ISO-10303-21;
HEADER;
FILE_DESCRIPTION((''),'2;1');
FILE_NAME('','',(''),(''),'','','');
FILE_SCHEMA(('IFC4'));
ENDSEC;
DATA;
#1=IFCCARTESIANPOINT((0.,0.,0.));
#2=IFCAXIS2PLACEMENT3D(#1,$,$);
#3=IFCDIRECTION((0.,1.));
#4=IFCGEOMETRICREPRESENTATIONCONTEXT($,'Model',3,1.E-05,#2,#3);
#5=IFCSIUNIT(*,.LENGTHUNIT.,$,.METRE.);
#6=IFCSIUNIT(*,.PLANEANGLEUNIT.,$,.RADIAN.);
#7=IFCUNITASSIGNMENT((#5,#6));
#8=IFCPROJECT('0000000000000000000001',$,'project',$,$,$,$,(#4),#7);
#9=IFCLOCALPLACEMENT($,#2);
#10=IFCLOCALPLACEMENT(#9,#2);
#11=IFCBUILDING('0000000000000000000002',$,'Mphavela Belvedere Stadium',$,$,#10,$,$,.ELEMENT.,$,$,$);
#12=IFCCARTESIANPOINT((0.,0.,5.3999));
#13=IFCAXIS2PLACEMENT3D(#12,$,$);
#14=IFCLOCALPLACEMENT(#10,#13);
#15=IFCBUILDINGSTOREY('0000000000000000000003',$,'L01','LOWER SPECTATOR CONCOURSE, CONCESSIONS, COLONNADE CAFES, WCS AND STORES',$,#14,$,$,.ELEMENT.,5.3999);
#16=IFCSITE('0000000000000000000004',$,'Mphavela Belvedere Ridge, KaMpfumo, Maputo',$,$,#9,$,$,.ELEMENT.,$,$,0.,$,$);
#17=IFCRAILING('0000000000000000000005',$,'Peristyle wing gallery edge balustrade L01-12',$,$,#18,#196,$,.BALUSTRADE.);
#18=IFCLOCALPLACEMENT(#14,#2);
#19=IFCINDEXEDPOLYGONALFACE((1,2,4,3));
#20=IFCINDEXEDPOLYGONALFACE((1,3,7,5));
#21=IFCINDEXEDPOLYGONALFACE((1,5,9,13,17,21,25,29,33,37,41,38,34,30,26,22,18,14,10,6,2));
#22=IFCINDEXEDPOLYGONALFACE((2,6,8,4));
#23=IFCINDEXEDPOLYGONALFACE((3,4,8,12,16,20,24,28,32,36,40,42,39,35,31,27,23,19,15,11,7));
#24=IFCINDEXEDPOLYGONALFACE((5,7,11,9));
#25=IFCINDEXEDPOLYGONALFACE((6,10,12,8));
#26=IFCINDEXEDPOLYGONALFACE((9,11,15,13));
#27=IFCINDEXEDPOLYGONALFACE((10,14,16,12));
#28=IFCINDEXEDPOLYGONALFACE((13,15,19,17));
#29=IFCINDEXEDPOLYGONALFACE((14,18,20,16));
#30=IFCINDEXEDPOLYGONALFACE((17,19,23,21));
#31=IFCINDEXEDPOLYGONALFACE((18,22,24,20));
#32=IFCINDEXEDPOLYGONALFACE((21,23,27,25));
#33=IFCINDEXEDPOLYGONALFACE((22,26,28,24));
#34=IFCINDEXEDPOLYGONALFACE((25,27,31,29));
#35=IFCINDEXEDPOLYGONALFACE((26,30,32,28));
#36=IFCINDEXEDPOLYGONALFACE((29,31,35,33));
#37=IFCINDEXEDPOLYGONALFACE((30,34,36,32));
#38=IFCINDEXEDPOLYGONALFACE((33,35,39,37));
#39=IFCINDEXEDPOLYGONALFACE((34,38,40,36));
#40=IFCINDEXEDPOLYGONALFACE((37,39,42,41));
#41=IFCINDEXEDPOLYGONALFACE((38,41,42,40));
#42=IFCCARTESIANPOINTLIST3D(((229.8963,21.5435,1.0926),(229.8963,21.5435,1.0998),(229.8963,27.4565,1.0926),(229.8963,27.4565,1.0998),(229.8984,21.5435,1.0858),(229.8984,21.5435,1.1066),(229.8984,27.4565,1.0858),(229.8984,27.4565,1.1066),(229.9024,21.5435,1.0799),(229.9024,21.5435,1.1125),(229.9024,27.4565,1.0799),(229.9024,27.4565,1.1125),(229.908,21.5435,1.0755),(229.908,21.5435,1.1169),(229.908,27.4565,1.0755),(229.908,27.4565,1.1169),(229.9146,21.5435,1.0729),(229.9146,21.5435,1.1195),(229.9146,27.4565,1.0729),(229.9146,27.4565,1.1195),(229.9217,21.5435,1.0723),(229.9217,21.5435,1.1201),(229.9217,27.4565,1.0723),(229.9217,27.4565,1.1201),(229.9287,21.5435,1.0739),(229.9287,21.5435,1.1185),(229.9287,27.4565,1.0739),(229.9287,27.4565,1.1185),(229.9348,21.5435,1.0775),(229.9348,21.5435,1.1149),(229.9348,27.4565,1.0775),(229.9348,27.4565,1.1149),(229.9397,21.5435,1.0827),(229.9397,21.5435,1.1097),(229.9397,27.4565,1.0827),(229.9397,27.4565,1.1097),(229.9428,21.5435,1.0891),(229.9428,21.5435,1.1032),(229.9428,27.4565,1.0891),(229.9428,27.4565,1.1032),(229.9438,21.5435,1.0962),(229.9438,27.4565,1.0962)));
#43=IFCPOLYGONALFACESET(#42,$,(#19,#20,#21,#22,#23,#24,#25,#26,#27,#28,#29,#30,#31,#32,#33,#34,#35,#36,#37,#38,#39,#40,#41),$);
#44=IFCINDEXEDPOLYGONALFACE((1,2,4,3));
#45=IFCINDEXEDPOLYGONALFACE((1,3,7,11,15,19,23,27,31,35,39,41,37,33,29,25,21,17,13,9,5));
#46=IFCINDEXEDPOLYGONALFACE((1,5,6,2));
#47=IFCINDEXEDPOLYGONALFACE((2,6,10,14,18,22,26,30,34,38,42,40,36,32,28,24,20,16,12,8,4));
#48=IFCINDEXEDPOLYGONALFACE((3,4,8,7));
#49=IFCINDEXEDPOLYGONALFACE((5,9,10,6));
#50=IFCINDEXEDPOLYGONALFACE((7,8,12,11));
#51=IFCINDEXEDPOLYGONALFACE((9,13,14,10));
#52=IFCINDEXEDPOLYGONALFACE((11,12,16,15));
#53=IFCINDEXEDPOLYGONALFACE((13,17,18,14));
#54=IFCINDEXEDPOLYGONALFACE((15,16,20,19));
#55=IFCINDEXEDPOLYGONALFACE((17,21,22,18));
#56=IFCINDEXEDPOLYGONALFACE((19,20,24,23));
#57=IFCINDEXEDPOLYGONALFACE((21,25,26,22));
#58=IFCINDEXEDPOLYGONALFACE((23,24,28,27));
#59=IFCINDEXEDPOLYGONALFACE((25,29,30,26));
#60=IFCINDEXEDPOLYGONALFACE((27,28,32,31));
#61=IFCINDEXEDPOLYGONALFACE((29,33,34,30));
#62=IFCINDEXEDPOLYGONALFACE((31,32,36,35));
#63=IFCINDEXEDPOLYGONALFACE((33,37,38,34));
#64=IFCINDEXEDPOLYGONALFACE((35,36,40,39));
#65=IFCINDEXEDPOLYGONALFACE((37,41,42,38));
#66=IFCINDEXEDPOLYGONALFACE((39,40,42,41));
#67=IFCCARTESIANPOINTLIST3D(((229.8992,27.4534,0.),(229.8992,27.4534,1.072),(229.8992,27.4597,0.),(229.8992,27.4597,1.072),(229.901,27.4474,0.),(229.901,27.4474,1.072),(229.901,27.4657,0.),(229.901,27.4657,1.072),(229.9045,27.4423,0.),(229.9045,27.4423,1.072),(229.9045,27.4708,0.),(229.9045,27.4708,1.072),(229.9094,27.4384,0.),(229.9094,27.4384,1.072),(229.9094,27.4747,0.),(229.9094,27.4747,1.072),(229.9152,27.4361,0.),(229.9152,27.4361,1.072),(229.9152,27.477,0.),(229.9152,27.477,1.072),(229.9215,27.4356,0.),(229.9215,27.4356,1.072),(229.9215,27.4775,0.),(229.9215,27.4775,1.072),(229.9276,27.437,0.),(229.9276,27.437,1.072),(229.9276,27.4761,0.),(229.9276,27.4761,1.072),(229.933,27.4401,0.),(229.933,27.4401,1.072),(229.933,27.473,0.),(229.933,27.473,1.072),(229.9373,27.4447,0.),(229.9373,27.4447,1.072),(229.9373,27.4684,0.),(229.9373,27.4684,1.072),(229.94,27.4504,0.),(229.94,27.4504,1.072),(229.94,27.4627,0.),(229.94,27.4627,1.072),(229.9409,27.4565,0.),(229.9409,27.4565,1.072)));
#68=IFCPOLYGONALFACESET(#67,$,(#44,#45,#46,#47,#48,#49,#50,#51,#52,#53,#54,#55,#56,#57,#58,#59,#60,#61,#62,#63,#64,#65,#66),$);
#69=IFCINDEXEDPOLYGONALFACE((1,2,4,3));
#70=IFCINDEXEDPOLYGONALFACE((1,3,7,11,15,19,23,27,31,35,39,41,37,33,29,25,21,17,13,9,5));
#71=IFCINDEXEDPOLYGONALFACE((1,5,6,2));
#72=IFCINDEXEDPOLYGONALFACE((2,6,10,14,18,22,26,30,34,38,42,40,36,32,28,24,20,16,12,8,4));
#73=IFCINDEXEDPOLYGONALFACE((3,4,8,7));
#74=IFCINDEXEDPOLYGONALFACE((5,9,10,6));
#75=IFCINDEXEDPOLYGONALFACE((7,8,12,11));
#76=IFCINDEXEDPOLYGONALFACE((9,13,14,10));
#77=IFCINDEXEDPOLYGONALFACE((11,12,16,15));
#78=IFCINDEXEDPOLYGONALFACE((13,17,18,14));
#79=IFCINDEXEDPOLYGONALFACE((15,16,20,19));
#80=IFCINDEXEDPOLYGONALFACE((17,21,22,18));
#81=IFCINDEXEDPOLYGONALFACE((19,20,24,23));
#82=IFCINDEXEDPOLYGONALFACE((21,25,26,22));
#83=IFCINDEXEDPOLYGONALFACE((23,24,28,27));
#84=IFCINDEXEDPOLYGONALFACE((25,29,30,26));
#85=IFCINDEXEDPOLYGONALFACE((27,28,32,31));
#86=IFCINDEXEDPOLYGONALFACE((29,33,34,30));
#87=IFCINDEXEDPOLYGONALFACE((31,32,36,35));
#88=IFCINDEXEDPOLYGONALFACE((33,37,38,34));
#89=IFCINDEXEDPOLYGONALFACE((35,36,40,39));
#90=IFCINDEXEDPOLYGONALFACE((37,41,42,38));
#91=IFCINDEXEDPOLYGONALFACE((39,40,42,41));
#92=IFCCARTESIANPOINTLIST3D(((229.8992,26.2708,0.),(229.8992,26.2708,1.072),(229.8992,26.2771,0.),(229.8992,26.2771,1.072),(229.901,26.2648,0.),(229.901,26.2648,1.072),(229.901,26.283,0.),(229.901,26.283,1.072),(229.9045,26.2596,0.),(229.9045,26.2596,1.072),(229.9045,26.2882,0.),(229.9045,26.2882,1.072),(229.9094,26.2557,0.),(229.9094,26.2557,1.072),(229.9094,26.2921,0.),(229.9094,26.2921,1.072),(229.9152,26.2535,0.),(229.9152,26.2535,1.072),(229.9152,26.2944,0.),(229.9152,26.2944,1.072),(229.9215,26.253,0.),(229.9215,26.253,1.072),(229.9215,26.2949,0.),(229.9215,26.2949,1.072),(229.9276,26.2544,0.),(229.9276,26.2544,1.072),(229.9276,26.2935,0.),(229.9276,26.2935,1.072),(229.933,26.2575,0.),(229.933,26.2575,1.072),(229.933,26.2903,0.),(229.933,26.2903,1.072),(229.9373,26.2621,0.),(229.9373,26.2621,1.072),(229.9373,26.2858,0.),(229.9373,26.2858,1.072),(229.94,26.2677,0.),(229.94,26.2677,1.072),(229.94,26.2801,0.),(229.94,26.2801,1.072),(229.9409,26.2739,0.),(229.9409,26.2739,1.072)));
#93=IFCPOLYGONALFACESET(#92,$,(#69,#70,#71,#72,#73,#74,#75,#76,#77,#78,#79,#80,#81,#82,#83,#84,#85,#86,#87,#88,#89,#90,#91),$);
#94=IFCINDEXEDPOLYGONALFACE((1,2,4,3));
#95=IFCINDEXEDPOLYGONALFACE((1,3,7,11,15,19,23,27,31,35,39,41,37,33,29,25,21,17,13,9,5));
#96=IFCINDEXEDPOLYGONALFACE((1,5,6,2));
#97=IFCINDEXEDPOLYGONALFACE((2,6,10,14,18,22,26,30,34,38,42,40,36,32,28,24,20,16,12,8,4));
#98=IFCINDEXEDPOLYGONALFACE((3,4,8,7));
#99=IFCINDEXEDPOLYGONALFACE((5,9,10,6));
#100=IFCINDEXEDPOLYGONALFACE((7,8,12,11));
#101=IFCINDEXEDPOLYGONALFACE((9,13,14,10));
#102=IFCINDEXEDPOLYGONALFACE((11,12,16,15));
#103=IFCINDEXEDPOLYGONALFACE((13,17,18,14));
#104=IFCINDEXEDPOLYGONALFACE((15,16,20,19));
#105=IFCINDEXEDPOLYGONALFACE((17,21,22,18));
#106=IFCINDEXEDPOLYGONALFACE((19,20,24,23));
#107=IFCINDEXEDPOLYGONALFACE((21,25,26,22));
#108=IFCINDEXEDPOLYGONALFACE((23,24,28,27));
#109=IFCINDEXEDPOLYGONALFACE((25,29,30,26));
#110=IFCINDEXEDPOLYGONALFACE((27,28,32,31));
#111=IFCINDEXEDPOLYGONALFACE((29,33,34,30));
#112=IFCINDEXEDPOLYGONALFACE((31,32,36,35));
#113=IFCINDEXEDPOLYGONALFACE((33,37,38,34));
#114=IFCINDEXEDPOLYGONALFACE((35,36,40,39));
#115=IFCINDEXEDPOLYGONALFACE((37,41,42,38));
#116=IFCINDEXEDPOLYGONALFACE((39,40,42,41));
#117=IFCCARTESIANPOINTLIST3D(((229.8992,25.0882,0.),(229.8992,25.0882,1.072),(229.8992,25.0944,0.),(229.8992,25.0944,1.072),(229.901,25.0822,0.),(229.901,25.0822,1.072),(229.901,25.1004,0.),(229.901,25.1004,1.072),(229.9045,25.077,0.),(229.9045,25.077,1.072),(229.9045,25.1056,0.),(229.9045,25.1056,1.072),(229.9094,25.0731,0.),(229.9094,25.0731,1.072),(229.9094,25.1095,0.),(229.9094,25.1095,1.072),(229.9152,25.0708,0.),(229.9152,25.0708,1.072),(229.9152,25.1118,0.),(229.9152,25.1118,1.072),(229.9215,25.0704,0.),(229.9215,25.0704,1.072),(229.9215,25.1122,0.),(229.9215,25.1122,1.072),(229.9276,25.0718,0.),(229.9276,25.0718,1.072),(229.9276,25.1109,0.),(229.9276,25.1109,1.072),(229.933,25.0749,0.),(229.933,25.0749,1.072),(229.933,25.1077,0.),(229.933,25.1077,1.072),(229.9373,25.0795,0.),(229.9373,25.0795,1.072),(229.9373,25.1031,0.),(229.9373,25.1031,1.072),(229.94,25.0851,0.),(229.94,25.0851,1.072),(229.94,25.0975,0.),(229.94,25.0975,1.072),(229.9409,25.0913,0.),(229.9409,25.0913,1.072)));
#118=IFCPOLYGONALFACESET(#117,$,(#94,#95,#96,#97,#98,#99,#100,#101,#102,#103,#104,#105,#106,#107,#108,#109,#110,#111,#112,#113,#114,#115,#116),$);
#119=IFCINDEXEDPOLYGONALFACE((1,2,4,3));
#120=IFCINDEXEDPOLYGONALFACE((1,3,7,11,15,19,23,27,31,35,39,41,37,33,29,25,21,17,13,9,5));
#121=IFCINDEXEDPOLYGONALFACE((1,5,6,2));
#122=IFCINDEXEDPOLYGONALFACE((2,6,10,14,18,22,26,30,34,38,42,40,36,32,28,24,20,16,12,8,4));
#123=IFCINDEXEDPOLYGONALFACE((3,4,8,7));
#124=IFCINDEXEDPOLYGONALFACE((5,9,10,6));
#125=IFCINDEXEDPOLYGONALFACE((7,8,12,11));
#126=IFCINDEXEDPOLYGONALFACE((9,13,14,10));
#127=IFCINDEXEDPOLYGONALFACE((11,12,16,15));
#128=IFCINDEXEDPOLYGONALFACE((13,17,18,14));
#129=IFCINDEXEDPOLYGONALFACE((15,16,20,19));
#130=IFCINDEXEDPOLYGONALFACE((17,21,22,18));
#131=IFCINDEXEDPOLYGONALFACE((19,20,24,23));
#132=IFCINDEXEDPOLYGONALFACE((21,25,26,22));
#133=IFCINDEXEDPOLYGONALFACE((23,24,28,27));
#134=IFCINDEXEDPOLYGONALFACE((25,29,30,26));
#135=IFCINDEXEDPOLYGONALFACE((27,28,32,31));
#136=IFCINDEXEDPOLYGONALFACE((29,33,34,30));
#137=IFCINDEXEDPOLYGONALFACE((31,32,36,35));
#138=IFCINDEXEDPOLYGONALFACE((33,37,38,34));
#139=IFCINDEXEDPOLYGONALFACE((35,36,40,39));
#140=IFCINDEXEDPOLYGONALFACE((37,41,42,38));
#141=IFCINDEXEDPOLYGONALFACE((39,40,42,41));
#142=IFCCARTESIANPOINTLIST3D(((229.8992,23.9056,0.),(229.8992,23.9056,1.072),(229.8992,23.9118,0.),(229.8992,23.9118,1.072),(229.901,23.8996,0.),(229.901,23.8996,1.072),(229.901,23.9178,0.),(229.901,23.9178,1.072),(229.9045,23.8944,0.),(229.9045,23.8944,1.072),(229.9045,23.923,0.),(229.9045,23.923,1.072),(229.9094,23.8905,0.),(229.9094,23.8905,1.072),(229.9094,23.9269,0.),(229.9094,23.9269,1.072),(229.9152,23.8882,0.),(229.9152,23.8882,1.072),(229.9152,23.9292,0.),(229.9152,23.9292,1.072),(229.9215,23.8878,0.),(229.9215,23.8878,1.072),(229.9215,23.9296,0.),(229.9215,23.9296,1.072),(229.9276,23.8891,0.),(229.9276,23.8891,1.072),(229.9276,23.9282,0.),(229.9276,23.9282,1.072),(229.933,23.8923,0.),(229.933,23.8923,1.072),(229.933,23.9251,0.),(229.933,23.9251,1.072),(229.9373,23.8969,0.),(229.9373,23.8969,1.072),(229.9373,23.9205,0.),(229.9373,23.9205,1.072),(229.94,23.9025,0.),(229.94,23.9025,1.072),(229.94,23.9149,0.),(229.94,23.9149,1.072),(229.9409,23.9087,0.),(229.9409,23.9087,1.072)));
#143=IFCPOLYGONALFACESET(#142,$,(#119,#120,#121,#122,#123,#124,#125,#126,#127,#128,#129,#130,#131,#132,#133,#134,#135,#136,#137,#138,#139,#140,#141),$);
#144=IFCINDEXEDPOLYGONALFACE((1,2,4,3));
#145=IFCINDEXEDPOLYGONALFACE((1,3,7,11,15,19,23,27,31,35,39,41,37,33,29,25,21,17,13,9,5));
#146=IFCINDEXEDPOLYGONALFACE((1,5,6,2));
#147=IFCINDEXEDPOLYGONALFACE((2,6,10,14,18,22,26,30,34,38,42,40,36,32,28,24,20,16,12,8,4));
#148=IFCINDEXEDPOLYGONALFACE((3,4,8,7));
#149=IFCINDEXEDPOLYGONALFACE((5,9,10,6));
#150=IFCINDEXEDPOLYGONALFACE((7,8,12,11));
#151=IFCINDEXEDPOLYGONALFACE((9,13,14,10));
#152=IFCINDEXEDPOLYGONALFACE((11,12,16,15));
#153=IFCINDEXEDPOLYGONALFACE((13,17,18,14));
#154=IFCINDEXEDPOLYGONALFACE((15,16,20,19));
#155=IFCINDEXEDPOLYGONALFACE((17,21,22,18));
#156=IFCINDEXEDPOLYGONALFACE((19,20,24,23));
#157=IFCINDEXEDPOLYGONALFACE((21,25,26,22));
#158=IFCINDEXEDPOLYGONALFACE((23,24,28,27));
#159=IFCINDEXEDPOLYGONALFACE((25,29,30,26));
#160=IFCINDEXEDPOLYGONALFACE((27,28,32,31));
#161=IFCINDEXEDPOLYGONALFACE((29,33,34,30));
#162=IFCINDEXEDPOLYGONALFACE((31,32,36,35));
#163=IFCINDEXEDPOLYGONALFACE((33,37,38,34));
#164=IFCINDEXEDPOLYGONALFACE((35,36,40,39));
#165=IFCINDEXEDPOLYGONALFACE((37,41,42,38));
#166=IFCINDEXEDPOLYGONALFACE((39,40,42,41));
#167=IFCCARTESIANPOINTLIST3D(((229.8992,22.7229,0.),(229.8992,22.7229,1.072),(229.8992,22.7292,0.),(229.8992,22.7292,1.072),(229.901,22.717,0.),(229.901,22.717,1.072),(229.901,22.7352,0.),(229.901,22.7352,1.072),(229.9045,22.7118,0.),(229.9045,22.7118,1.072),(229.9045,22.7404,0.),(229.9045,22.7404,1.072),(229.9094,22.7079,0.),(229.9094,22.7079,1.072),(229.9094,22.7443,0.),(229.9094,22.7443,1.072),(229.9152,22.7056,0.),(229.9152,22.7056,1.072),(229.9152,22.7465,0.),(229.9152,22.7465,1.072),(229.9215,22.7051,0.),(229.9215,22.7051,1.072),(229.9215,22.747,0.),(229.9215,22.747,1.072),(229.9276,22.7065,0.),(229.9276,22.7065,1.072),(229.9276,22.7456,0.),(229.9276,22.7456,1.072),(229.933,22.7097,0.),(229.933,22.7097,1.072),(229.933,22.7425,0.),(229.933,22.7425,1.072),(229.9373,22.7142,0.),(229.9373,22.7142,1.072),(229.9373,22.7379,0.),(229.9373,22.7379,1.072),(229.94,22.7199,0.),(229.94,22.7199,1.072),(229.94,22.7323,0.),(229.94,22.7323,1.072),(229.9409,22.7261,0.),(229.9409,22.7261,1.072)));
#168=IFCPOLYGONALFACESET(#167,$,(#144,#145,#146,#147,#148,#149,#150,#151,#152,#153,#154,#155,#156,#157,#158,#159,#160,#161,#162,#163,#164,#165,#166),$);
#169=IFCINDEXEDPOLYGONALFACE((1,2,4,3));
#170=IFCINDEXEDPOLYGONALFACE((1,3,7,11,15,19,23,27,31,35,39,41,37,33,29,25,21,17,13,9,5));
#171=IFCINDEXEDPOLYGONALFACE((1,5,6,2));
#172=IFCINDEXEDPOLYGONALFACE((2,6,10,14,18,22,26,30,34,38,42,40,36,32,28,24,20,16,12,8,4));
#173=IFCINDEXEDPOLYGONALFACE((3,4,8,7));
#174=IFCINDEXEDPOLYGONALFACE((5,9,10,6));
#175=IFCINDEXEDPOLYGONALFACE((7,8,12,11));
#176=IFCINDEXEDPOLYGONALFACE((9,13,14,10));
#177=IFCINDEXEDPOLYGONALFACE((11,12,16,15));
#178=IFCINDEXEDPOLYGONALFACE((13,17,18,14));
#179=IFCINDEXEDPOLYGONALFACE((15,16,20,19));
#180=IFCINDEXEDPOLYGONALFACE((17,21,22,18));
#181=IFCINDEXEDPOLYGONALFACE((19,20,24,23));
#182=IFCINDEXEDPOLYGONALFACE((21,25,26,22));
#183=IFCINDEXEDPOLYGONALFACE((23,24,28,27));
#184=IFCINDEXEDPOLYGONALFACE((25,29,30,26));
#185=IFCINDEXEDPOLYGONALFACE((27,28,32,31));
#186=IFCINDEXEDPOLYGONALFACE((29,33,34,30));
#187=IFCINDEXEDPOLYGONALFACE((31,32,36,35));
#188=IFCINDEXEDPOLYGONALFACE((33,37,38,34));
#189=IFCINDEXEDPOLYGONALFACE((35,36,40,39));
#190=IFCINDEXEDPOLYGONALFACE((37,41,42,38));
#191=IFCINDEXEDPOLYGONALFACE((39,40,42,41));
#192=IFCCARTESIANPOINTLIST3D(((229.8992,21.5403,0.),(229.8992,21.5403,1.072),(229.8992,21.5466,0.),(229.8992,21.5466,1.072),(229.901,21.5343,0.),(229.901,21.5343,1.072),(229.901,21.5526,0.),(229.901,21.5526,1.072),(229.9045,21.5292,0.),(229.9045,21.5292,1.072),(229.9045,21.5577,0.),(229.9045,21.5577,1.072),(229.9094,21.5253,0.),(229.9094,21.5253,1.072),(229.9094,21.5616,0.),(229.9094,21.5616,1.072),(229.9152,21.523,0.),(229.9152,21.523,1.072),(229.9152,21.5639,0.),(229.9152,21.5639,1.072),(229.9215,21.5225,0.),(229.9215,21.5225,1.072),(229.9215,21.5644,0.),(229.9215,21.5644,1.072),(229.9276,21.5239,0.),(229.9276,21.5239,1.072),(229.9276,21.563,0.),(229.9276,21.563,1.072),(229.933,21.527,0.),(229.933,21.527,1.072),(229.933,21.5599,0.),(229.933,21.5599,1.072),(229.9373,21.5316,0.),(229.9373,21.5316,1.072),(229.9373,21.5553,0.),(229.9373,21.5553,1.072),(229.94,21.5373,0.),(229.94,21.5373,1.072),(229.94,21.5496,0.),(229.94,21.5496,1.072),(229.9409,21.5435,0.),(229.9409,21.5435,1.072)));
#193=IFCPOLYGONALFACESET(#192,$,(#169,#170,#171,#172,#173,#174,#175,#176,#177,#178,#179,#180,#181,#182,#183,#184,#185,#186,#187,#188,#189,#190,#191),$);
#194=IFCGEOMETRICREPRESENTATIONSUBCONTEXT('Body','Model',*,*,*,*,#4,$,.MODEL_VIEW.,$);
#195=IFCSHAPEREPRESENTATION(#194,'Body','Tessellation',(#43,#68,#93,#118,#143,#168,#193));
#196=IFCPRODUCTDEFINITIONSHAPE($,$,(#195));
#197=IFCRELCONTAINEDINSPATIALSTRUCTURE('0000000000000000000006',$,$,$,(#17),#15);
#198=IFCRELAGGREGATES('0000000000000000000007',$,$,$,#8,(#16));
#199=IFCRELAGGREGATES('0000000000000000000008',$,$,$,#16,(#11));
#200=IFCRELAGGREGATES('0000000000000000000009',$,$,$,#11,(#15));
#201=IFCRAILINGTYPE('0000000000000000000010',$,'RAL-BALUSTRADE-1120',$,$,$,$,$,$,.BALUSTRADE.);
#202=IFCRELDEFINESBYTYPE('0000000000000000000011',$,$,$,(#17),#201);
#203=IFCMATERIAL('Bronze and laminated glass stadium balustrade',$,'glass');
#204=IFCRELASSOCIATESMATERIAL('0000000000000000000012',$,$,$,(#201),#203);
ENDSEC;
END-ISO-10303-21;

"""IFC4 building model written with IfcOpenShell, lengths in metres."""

from ifc_helpers import new_model, si_unit, direction, frame, origin, origin_2d, place, context, subcontext, project, spatial, circle, extrude, material, type_object, element, save


model = new_model("IFC4")

# Units and contexts
model_context = context("Model", 3, precision=1e-05, world=origin(), true_north=direction((0.0, 1.0)))
body_context = subcontext(model_context, "Body", "Model", "MODEL_VIEW")
ifc_project = project(units=[si_unit("LENGTHUNIT", "METRE"), si_unit("PLANEANGLEUNIT", "RADIAN")], contexts=[model_context])

# Site, building, storey
site_placement = place(None, origin())
site = spatial("IfcSite", under=ifc_project, at=site_placement, Name="Mphavela Belvedere Ridge, KaMpfumo, Maputo", CompositionType="ELEMENT", RefElevation=0.0)
building_placement = place(site_placement, origin())
building = spatial("IfcBuilding", under=site, at=building_placement, Name="Mphavela Belvedere Stadium", CompositionType="ELEMENT")
storey_placement = place(building_placement, frame((0.0, 0.0, 5.3999)))
storey = spatial("IfcBuildingStorey", under=building, at=storey_placement, Name="L01", Description="LOWER SPECTATOR CONCOURSE, CONCESSIONS, COLONNADE CAFES, WCS AND STORES", CompositionType="ELEMENT", Elevation=5.3999)

# Railing
ifc_material_1 = material(Name="Bronze and laminated glass stadium balustrade", Category="glass")
railing_type = type_object("IfcRailingType", Name="RAL-BALUSTRADE-1120", PredefinedType="BALUSTRADE", material=ifc_material_1)
for number, where, name in (
    (1, (229.9199, 27.4565, 0.0), "Peristyle wing gallery edge balustrade L01-12"),
):
    element("IfcRailing", number, at=place(storey_placement, frame(where)), inside=storey, type_object=railing_type, Name=name, PredefinedType="BALUSTRADE", context=body_context, shape_type="SweptSolid", body=[
        extrude(circle(Radius=0.0239, at=origin_2d()), frame((0.0, 0.0, 1.0962), z_axis=(0.0, -1.0, 0.0), x_axis=(1.0, 0.0, 0.0)), (0.0, 0.0, 1.0), 5.9131),
        extrude(circle(Radius=0.021, at=origin_2d()), origin(), (0.0, 0.0, 1.0), 1.072),
        extrude(circle(Radius=0.021, at=origin_2d()), frame((0.0, -1.1826, 0.0)), (0.0, 0.0, 1.0), 1.072),
        extrude(circle(Radius=0.021, at=origin_2d()), frame((0.0, -2.3652, 0.0)), (0.0, 0.0, 1.0), 1.072),
        extrude(circle(Radius=0.021, at=origin_2d()), frame((0.0, -3.5479, 0.0)), (0.0, 0.0, 1.0), 1.072),
        extrude(circle(Radius=0.021, at=origin_2d()), frame((0.0, -4.7305, 0.0)), (0.0, 0.0, 1.0), 1.072),
        extrude(circle(Radius=0.021, at=origin_2d()), frame((0.0, -5.9131, 0.0)), (0.0, 0.0, 1.0), 1.072),
    ])

save(model, "model.ifc")
